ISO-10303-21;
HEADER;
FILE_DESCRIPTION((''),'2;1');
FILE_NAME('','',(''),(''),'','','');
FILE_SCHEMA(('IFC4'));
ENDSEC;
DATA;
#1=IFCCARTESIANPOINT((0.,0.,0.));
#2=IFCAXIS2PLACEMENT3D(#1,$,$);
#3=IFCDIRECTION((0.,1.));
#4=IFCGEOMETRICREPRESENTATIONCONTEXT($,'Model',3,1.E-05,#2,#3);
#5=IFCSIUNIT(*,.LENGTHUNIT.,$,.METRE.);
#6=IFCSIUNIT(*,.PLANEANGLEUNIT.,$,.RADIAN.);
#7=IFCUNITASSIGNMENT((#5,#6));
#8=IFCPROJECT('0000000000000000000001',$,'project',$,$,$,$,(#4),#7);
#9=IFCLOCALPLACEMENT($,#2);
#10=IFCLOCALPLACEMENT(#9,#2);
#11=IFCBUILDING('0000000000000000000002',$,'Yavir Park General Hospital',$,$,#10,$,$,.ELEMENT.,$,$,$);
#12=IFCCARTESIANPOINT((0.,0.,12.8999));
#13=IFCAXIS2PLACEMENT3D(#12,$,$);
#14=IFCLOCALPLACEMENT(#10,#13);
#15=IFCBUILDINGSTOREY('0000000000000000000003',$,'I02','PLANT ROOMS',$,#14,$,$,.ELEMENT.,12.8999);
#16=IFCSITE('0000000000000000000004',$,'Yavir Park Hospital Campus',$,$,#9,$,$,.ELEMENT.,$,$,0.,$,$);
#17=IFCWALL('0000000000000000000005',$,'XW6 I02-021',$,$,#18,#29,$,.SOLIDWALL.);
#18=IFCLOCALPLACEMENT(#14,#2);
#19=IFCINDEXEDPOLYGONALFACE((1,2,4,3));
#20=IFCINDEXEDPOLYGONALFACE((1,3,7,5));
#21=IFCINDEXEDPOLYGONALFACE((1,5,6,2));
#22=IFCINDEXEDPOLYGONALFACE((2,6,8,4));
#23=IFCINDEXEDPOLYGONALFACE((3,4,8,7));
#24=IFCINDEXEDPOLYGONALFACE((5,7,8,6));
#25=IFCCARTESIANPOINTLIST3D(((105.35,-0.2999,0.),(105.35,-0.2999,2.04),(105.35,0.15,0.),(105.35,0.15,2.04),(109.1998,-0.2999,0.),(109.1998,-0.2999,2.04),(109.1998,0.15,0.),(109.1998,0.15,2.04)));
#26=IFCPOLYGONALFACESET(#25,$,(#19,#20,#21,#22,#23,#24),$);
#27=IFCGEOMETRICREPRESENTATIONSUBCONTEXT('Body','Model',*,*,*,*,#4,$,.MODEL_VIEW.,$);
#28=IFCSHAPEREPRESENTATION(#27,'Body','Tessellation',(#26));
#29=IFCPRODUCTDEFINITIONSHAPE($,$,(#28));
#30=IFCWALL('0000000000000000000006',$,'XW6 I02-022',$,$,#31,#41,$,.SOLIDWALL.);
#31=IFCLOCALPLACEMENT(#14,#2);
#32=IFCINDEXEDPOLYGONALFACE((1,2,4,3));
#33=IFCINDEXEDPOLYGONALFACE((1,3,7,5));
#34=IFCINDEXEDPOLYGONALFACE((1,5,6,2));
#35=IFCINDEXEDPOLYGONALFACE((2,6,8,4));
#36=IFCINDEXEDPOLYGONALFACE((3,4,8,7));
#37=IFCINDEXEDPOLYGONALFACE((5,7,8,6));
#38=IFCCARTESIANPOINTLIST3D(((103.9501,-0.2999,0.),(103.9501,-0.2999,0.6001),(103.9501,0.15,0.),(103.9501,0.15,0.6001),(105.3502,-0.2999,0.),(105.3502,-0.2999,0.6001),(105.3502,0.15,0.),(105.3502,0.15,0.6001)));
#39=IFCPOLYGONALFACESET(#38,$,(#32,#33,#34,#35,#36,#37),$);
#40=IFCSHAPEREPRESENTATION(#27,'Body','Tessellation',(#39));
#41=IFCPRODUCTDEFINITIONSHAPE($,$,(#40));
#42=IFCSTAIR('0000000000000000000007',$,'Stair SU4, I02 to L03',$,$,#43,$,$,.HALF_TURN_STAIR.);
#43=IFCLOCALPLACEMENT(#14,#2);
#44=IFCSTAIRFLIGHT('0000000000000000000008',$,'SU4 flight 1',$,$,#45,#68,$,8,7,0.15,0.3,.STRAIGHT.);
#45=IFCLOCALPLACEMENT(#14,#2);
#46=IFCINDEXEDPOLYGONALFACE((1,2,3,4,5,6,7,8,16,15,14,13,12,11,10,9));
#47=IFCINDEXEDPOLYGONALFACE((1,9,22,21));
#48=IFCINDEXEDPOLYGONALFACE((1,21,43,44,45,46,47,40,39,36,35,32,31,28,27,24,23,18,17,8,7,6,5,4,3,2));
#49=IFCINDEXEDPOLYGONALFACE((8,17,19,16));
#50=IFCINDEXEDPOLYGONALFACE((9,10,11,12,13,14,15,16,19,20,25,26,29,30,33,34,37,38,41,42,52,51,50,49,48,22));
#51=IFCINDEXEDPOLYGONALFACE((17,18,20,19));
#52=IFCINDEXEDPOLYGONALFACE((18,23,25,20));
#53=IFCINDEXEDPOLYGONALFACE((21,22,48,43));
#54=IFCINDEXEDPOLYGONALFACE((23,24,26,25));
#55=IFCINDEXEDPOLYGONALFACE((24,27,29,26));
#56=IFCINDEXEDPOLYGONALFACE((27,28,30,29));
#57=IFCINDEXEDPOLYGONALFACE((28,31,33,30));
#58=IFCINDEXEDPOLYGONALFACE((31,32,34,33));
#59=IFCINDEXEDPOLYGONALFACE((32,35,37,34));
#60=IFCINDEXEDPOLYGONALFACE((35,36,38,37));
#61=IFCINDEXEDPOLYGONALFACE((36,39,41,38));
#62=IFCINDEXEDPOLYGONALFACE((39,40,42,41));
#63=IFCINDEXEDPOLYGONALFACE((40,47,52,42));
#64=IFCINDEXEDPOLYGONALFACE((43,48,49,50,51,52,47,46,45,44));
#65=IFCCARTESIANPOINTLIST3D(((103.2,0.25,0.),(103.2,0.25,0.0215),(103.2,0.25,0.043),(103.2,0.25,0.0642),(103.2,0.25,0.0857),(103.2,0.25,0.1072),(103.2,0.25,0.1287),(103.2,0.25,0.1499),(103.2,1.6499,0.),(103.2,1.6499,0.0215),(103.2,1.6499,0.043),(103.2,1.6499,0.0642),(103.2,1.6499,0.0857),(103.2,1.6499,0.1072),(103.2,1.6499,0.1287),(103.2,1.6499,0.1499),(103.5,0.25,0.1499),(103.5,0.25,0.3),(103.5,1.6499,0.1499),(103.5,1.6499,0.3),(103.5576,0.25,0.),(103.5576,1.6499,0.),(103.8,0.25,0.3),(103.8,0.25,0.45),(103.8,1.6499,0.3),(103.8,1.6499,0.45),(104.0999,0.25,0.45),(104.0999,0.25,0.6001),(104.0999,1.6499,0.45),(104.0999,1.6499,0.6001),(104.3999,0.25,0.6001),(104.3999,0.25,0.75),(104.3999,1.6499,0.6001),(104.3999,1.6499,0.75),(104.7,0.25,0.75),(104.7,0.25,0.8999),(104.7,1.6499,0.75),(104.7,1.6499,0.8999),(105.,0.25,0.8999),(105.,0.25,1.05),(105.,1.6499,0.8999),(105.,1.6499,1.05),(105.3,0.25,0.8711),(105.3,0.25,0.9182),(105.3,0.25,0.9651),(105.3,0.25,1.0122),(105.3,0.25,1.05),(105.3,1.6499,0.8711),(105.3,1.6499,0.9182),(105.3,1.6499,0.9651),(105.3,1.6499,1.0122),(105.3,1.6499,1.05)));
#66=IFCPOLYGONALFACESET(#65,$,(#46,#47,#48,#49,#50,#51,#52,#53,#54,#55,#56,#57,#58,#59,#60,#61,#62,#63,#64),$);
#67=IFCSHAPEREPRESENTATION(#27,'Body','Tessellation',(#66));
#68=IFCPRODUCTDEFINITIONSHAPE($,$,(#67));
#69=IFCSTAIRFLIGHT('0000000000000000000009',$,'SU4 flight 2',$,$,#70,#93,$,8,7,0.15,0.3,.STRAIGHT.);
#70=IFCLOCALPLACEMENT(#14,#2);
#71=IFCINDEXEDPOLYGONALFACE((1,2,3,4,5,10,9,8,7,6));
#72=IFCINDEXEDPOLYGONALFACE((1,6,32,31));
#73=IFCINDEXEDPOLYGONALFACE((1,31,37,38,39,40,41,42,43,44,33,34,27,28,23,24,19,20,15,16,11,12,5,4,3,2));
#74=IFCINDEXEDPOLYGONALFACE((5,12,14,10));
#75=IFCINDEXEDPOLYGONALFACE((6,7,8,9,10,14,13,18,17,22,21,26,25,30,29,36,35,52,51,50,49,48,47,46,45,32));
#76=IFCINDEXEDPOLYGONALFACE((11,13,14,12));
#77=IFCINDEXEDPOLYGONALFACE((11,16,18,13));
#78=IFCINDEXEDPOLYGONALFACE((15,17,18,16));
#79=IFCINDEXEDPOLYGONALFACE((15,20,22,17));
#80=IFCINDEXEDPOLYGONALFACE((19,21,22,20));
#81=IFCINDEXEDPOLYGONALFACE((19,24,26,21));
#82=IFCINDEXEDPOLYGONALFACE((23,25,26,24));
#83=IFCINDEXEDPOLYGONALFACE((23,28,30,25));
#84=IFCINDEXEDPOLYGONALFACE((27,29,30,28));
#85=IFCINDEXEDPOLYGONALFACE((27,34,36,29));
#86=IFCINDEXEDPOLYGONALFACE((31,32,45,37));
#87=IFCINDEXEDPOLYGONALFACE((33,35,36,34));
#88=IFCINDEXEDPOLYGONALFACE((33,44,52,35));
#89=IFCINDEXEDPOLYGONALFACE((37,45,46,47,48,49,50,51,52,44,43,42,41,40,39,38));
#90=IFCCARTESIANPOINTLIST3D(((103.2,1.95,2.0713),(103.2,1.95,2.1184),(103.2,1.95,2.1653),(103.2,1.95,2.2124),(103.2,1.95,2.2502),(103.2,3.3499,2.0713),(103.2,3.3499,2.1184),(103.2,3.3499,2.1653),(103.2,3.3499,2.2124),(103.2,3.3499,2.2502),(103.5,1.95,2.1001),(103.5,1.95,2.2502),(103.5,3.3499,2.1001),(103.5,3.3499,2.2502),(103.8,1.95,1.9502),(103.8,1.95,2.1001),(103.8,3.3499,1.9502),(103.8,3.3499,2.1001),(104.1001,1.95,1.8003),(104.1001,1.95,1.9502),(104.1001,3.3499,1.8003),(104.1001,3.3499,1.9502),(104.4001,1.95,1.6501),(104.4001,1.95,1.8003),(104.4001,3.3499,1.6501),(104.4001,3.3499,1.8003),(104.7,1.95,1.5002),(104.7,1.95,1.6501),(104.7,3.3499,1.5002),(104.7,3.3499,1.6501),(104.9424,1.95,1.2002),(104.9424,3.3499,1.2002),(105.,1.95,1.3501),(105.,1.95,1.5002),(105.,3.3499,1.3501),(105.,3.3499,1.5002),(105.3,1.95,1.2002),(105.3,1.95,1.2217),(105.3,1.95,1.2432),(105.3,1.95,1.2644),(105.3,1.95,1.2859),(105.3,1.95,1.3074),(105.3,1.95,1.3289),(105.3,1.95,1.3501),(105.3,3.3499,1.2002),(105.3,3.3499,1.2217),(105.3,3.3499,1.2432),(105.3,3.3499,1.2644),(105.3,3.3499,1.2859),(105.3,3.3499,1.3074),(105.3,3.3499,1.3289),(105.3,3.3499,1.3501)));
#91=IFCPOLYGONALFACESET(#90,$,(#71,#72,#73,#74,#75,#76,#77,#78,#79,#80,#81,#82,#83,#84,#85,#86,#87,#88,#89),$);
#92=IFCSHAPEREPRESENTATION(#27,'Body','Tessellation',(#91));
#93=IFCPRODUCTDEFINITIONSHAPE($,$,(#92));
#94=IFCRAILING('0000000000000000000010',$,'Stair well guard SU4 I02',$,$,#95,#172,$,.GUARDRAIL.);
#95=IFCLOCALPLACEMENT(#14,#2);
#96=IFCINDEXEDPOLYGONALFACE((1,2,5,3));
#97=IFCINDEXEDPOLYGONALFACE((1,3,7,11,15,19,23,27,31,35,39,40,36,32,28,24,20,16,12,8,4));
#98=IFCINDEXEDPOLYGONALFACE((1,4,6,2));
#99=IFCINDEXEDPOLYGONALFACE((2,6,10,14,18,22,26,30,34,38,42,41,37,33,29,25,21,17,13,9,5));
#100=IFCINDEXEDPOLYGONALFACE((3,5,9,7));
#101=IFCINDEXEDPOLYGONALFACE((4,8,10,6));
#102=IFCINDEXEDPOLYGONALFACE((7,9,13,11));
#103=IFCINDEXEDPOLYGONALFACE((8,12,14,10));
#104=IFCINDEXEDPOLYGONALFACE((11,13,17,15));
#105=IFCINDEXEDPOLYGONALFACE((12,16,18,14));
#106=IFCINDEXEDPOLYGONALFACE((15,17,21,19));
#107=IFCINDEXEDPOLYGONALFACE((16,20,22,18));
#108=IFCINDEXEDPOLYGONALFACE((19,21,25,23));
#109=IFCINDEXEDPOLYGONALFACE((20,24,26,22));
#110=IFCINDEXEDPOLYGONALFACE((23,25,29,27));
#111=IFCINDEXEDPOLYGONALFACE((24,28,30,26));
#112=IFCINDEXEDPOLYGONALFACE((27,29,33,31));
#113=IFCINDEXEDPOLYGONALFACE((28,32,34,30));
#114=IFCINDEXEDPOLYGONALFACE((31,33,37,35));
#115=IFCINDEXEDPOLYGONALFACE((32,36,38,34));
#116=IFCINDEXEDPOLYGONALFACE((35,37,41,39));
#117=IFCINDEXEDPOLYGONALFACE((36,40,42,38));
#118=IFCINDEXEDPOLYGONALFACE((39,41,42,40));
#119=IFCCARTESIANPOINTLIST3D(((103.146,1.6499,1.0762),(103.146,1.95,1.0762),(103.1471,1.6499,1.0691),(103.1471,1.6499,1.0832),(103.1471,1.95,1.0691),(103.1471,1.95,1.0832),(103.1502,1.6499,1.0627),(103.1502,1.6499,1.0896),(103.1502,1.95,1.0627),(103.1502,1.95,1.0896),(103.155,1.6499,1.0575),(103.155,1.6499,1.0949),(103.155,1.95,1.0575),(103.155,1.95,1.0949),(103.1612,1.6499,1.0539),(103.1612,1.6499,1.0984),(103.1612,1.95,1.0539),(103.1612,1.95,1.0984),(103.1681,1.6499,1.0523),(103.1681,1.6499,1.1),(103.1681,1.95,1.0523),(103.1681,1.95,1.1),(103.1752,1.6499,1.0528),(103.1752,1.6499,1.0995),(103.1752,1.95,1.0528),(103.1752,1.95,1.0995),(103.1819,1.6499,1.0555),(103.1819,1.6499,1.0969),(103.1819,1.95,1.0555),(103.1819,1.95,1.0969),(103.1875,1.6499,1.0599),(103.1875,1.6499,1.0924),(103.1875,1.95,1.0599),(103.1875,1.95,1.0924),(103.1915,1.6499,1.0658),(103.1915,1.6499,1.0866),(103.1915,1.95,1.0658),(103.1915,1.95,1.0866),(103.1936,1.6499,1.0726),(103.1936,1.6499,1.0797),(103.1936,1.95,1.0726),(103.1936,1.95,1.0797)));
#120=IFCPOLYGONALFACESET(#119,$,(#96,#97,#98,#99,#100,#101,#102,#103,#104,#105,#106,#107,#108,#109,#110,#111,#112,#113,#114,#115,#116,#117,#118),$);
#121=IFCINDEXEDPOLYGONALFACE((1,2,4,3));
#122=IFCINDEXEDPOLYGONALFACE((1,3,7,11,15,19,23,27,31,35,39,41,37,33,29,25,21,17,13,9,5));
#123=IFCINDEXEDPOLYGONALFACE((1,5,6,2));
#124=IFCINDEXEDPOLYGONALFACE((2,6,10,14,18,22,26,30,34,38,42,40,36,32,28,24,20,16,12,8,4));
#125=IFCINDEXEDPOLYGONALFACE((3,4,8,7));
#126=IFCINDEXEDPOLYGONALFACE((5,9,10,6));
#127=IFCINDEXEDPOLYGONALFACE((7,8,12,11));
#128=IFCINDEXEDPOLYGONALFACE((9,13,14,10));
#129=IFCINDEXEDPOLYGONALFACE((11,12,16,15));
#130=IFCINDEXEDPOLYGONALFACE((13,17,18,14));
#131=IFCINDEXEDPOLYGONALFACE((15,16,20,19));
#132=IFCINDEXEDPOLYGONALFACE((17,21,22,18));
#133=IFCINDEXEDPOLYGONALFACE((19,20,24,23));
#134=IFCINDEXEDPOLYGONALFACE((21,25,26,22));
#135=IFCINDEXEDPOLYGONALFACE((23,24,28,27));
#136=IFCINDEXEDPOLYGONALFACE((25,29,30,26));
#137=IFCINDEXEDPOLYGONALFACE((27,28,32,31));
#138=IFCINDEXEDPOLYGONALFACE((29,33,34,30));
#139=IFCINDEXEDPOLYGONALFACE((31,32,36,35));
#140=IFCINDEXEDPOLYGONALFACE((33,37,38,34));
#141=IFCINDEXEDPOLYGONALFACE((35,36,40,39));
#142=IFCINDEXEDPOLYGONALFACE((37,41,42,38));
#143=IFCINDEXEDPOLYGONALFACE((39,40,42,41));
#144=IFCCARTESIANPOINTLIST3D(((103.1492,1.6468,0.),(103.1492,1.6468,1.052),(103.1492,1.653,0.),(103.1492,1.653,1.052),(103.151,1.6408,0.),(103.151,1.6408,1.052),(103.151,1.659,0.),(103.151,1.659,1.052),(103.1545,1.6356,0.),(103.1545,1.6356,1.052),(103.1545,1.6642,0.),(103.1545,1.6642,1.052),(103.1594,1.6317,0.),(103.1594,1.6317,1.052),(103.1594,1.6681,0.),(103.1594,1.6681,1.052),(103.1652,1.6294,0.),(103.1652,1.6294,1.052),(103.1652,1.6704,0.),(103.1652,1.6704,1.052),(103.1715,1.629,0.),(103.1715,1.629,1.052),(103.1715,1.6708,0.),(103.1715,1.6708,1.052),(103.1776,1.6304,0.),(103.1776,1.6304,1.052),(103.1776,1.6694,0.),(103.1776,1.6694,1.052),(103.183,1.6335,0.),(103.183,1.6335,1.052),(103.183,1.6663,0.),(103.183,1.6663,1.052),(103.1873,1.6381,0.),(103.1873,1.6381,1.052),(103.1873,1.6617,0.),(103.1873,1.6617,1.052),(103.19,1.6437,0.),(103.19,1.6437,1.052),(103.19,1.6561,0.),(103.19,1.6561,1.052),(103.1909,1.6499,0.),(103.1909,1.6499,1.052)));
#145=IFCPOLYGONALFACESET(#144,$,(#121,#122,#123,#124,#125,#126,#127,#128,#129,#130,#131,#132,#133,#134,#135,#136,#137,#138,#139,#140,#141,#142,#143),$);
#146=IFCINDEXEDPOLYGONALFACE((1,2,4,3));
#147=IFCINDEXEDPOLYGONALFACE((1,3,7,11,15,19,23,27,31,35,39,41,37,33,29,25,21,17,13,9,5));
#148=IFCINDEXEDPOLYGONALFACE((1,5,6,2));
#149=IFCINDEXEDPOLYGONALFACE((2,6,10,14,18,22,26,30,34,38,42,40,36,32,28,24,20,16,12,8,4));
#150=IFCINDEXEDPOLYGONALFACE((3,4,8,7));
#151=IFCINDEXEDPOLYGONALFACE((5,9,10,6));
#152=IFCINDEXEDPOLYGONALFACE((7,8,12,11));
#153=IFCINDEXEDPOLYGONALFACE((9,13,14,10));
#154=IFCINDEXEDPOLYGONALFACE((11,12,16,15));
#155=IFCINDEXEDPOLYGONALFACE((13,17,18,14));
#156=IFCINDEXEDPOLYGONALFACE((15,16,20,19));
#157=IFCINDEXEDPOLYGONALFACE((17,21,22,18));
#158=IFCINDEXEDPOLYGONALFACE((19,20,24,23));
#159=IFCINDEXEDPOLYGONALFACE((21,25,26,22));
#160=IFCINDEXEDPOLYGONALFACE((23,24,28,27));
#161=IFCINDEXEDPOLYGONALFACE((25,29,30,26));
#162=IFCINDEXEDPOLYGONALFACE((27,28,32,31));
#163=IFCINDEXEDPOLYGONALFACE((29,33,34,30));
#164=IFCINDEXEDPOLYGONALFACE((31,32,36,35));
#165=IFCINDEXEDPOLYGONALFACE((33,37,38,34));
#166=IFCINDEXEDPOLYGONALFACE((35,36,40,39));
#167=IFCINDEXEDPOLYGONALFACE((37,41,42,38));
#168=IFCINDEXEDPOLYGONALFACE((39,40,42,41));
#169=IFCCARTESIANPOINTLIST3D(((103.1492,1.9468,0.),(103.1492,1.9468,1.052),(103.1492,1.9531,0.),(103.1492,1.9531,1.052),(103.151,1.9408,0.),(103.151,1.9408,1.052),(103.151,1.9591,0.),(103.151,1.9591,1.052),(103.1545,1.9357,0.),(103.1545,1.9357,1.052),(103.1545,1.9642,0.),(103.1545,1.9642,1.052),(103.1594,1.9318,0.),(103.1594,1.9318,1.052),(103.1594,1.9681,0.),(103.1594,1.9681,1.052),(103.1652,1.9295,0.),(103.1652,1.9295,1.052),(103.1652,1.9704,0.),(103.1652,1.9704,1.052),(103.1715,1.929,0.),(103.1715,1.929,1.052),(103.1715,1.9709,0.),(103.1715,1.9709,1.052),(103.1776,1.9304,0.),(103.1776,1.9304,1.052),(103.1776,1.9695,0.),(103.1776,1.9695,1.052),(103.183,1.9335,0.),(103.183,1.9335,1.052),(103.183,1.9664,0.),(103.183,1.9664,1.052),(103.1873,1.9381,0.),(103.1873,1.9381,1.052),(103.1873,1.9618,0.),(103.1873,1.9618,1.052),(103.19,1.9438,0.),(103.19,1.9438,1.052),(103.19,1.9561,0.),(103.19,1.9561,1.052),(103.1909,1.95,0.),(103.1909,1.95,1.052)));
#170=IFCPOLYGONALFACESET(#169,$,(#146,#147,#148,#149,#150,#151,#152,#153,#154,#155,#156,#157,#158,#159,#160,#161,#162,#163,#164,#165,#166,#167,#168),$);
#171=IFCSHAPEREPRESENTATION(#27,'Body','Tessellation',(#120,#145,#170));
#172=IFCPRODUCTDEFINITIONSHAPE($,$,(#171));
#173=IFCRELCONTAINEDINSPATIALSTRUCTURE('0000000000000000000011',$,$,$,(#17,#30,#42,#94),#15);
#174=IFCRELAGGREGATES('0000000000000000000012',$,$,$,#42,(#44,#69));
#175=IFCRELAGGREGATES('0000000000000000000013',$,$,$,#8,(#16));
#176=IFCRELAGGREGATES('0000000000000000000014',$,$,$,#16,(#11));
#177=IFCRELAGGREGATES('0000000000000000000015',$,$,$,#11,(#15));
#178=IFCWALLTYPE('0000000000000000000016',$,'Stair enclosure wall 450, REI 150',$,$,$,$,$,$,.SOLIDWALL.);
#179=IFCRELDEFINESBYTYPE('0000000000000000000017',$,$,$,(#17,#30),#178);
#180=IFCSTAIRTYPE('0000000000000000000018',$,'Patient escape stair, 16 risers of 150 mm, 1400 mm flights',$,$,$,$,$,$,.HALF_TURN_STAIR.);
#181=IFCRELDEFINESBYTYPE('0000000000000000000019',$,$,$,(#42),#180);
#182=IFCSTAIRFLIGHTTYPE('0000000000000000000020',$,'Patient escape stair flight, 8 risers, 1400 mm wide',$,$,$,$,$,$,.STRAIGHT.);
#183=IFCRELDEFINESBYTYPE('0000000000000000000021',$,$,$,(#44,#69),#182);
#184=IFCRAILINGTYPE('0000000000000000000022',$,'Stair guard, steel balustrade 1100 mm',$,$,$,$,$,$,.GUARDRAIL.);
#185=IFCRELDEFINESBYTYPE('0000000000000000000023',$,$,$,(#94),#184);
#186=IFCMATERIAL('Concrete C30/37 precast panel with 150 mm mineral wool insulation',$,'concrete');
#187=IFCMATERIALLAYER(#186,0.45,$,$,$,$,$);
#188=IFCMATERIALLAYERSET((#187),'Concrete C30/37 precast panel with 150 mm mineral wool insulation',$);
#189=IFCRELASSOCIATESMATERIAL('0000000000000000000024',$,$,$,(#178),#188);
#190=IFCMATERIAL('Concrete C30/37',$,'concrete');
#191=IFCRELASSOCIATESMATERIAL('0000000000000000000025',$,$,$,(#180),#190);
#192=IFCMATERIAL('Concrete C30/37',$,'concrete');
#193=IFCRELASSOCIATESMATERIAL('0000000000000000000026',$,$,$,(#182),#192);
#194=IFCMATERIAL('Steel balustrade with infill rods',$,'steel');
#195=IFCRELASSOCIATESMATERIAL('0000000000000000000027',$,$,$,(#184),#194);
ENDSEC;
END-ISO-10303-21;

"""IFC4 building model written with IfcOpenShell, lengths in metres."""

from ifc_helpers import new_model, si_unit, direction, frame, frame_2d, origin, origin_2d, place, context, subcontext, project, spatial, polyline, rectangle, circle, outline, extrude, material, layer, layer_set, type_object, element, aggregate, save


model = new_model("IFC4")

# Units and contexts
model_context = context("Model", 3, precision=1e-05, world=origin(), true_north=direction((0.0, 1.0)))
body_context = subcontext(model_context, "Body", "Model", "MODEL_VIEW")
ifc_project = project(units=[si_unit("LENGTHUNIT", "METRE"), si_unit("PLANEANGLEUNIT", "RADIAN")], contexts=[model_context])

# Site, building, storey
site_placement = place(None, origin())
site = spatial("IfcSite", under=ifc_project, at=site_placement, Name="Yavir Park Hospital Campus", CompositionType="ELEMENT", RefElevation=0.0)
building_placement = place(site_placement, origin())
building = spatial("IfcBuilding", under=site, at=building_placement, Name="Yavir Park General Hospital", CompositionType="ELEMENT")
storey_placement = place(building_placement, frame((0.0, 0.0, 12.8999)))
storey = spatial("IfcBuildingStorey", under=building, at=storey_placement, Name="I02", Description="PLANT ROOMS", CompositionType="ELEMENT", Elevation=12.8999)

# Walls
ifc_material_1 = material(Name="Concrete C30/37 precast panel with 150 mm mineral wool insulation", Category="concrete")
ifc_layer_1 = layer(ifc_material_1, 0.45)
ifc_layer_set_1 = layer_set([ifc_layer_1], Name="Concrete C30/37 precast panel with 150 mm mineral wool insulation")
wall_type_1 = type_object("IfcWallType", Name="Stair enclosure wall 450, REI 150", PredefinedType="SOLIDWALL", material=ifc_layer_set_1)
wall_1_placement = place(storey_placement, frame((105.3501, -0.075, 0.0), z_axis=(0.0, 0.0, 1.0), x_axis=(1.0, 0.0, 0.0)))
element("IfcWall", 1, at=wall_1_placement, inside=storey, type_object=wall_type_1, Name="XW6 I02-021", PredefinedType="SOLIDWALL", context=body_context, shape_type="SweptSolid", body=[
    extrude(rectangle(XDim=3.8499, YDim=0.45, at=frame_2d((1.9248, 0.0))), origin(), (0.0, 0.0, 1.0), 2.04),
])
wall_2_placement = place(storey_placement, frame((103.95, -0.075, 0.0), z_axis=(0.0, 0.0, 1.0), x_axis=(1.0, 0.0, 0.0)))
element("IfcWall", 2, at=wall_2_placement, inside=storey, type_object=wall_type_1, Name="XW6 I02-022", PredefinedType="SOLIDWALL", context=body_context, shape_type="SweptSolid", body=[
    extrude(rectangle(XDim=1.4001, YDim=0.45, at=frame_2d((0.7002, 0.0))), origin(), (0.0, 0.0, 1.0), 0.6001),
])

# Stair, stair flights
ifc_material_2 = material(Name="Concrete C30/37", Category="concrete")
stair_type = type_object("IfcStairType", Name="Patient escape stair, 16 risers of 150 mm, 1400 mm flights", PredefinedType="HALF_TURN_STAIR", material=ifc_material_2)
stair_placement = place(storey_placement, origin())
stair = element("IfcStair", 3, at=stair_placement, inside=storey, type_object=stair_type, Name="Stair SU4, I02 to L03", PredefinedType="HALF_TURN_STAIR")
ifc_material_3 = material(Name="Concrete C30/37", Category="concrete")
stair_flight_type = type_object("IfcStairFlightType", Name="Patient escape stair flight, 8 risers, 1400 mm wide", PredefinedType="STRAIGHT", material=ifc_material_3)
stair_flight_1_placement = place(storey_placement, frame((103.2, 0.95, 0.0), z_axis=(0.0, 0.0, 1.0), x_axis=(1.0, 0.0, 0.0)))
stair_flight_1 = element("IfcStairFlight", 4, at=stair_flight_1_placement, type_object=stair_flight_type, Name="SU4 flight 1", NumberOfRisers=8, NumberOfTreads=7, PredefinedType="STRAIGHT", RiserHeight=0.15, TreadLength=0.3, context=body_context, shape_type="SweptSolid", body=[
    extrude(outline(polyline([(0.0, 0.0), (0.0, 0.0215), (0.0, 0.043), (0.0, 0.0642), (0.0, 0.0857), (0.0, 0.1072), (0.0, 0.1287), (0.0, 0.1499), (0.3, 0.1499), (0.3, 0.3), (0.6001, 0.3), (0.6001, 0.45), (0.8999, 0.45), (0.8999, 0.6001), (1.2, 0.6001), (1.2, 0.75), (1.5, 0.75), (1.5, 0.8999), (1.8, 0.8999), (1.8, 1.05), (2.1001, 1.05), (2.1001, 1.2), (2.1001, 1.1531), (2.1001, 1.106), (2.1001, 1.0591), (2.1001, 1.0122), (2.1001, 0.9651), (2.1001, 0.9182), (2.1001, 0.8711), (0.3577, 0.0), (0.0, 0.0)])), frame((0.0, 0.7, 0.0), z_axis=(0.0, -1.0, 0.0), x_axis=(1.0, 0.0, 0.0)), (0.0, 0.0, 1.0), 1.3999),
])
stair_flight_2_placement = place(storey_placement, frame((105.3, 2.6499, 1.2002), z_axis=(0.0, 0.0, 1.0), x_axis=(-1.0, 0.0, 0.0)))
stair_flight_2 = element("IfcStairFlight", 5, at=stair_flight_2_placement, type_object=stair_flight_type, Name="SU4 flight 2", NumberOfRisers=8, NumberOfTreads=7, PredefinedType="STRAIGHT", RiserHeight=0.15, TreadLength=0.3, context=body_context, shape_type="SweptSolid", body=[
    extrude(outline(polyline([(0.0, 0.0), (0.0, 0.0215), (0.0, 0.043), (0.0, 0.0642), (0.0, 0.0857), (0.0, 0.1072), (0.0, 0.1287), (0.0, 0.1499), (0.3, 0.1499), (0.3, 0.3), (0.6001, 0.3), (0.6001, 0.45), (0.8999, 0.45), (0.8999, 0.6001), (1.2, 0.6001), (1.2, 0.75), (1.5, 0.75), (1.5, 0.8999), (1.8, 0.8999), (1.8, 1.05), (2.1001, 1.05), (2.1001, 1.2), (2.1001, 1.1531), (2.1001, 1.106), (2.1001, 1.0591), (2.1001, 1.0122), (2.1001, 0.9651), (2.1001, 0.9182), (2.1001, 0.8711), (0.3577, 0.0), (0.0, 0.0)])), frame((0.0, 0.7, 0.0), z_axis=(0.0, -1.0, 0.0), x_axis=(1.0, 0.0, 0.0)), (0.0, 0.0, 1.0), 1.3999),
])
aggregate(stair, [stair_flight_1, stair_flight_2])

# Railing
ifc_material_4 = material(Name="Steel balustrade with infill rods", Category="steel")
railing_type_1 = type_object("IfcRailingType", Name="Stair guard, steel balustrade 1100 mm", PredefinedType="GUARDRAIL", material=ifc_material_4)
railing_placement = place(storey_placement, frame((103.1699, 1.6499, 0.0)))
element("IfcRailing", 6, at=railing_placement, inside=storey, type_object=railing_type_1, Name="Stair well guard SU4 I02", PredefinedType="GUARDRAIL", context=body_context, shape_type="SweptSolid", body=[
    extrude(circle(Radius=0.0239, at=origin_2d()), frame((0.0, 0.0, 1.0762), z_axis=(0.0, 1.0, 0.0), x_axis=(-1.0, 0.0, 0.0)), (0.0, 0.0, 1.0), 0.3),
    extrude(circle(Radius=0.021, at=origin_2d()), origin(), (0.0, 0.0, 1.0), 1.052),
    extrude(circle(Radius=0.021, at=origin_2d()), frame((0.0, 0.3, 0.0)), (0.0, 0.0, 1.0), 1.052),
])

save(model, "model.ifc")
